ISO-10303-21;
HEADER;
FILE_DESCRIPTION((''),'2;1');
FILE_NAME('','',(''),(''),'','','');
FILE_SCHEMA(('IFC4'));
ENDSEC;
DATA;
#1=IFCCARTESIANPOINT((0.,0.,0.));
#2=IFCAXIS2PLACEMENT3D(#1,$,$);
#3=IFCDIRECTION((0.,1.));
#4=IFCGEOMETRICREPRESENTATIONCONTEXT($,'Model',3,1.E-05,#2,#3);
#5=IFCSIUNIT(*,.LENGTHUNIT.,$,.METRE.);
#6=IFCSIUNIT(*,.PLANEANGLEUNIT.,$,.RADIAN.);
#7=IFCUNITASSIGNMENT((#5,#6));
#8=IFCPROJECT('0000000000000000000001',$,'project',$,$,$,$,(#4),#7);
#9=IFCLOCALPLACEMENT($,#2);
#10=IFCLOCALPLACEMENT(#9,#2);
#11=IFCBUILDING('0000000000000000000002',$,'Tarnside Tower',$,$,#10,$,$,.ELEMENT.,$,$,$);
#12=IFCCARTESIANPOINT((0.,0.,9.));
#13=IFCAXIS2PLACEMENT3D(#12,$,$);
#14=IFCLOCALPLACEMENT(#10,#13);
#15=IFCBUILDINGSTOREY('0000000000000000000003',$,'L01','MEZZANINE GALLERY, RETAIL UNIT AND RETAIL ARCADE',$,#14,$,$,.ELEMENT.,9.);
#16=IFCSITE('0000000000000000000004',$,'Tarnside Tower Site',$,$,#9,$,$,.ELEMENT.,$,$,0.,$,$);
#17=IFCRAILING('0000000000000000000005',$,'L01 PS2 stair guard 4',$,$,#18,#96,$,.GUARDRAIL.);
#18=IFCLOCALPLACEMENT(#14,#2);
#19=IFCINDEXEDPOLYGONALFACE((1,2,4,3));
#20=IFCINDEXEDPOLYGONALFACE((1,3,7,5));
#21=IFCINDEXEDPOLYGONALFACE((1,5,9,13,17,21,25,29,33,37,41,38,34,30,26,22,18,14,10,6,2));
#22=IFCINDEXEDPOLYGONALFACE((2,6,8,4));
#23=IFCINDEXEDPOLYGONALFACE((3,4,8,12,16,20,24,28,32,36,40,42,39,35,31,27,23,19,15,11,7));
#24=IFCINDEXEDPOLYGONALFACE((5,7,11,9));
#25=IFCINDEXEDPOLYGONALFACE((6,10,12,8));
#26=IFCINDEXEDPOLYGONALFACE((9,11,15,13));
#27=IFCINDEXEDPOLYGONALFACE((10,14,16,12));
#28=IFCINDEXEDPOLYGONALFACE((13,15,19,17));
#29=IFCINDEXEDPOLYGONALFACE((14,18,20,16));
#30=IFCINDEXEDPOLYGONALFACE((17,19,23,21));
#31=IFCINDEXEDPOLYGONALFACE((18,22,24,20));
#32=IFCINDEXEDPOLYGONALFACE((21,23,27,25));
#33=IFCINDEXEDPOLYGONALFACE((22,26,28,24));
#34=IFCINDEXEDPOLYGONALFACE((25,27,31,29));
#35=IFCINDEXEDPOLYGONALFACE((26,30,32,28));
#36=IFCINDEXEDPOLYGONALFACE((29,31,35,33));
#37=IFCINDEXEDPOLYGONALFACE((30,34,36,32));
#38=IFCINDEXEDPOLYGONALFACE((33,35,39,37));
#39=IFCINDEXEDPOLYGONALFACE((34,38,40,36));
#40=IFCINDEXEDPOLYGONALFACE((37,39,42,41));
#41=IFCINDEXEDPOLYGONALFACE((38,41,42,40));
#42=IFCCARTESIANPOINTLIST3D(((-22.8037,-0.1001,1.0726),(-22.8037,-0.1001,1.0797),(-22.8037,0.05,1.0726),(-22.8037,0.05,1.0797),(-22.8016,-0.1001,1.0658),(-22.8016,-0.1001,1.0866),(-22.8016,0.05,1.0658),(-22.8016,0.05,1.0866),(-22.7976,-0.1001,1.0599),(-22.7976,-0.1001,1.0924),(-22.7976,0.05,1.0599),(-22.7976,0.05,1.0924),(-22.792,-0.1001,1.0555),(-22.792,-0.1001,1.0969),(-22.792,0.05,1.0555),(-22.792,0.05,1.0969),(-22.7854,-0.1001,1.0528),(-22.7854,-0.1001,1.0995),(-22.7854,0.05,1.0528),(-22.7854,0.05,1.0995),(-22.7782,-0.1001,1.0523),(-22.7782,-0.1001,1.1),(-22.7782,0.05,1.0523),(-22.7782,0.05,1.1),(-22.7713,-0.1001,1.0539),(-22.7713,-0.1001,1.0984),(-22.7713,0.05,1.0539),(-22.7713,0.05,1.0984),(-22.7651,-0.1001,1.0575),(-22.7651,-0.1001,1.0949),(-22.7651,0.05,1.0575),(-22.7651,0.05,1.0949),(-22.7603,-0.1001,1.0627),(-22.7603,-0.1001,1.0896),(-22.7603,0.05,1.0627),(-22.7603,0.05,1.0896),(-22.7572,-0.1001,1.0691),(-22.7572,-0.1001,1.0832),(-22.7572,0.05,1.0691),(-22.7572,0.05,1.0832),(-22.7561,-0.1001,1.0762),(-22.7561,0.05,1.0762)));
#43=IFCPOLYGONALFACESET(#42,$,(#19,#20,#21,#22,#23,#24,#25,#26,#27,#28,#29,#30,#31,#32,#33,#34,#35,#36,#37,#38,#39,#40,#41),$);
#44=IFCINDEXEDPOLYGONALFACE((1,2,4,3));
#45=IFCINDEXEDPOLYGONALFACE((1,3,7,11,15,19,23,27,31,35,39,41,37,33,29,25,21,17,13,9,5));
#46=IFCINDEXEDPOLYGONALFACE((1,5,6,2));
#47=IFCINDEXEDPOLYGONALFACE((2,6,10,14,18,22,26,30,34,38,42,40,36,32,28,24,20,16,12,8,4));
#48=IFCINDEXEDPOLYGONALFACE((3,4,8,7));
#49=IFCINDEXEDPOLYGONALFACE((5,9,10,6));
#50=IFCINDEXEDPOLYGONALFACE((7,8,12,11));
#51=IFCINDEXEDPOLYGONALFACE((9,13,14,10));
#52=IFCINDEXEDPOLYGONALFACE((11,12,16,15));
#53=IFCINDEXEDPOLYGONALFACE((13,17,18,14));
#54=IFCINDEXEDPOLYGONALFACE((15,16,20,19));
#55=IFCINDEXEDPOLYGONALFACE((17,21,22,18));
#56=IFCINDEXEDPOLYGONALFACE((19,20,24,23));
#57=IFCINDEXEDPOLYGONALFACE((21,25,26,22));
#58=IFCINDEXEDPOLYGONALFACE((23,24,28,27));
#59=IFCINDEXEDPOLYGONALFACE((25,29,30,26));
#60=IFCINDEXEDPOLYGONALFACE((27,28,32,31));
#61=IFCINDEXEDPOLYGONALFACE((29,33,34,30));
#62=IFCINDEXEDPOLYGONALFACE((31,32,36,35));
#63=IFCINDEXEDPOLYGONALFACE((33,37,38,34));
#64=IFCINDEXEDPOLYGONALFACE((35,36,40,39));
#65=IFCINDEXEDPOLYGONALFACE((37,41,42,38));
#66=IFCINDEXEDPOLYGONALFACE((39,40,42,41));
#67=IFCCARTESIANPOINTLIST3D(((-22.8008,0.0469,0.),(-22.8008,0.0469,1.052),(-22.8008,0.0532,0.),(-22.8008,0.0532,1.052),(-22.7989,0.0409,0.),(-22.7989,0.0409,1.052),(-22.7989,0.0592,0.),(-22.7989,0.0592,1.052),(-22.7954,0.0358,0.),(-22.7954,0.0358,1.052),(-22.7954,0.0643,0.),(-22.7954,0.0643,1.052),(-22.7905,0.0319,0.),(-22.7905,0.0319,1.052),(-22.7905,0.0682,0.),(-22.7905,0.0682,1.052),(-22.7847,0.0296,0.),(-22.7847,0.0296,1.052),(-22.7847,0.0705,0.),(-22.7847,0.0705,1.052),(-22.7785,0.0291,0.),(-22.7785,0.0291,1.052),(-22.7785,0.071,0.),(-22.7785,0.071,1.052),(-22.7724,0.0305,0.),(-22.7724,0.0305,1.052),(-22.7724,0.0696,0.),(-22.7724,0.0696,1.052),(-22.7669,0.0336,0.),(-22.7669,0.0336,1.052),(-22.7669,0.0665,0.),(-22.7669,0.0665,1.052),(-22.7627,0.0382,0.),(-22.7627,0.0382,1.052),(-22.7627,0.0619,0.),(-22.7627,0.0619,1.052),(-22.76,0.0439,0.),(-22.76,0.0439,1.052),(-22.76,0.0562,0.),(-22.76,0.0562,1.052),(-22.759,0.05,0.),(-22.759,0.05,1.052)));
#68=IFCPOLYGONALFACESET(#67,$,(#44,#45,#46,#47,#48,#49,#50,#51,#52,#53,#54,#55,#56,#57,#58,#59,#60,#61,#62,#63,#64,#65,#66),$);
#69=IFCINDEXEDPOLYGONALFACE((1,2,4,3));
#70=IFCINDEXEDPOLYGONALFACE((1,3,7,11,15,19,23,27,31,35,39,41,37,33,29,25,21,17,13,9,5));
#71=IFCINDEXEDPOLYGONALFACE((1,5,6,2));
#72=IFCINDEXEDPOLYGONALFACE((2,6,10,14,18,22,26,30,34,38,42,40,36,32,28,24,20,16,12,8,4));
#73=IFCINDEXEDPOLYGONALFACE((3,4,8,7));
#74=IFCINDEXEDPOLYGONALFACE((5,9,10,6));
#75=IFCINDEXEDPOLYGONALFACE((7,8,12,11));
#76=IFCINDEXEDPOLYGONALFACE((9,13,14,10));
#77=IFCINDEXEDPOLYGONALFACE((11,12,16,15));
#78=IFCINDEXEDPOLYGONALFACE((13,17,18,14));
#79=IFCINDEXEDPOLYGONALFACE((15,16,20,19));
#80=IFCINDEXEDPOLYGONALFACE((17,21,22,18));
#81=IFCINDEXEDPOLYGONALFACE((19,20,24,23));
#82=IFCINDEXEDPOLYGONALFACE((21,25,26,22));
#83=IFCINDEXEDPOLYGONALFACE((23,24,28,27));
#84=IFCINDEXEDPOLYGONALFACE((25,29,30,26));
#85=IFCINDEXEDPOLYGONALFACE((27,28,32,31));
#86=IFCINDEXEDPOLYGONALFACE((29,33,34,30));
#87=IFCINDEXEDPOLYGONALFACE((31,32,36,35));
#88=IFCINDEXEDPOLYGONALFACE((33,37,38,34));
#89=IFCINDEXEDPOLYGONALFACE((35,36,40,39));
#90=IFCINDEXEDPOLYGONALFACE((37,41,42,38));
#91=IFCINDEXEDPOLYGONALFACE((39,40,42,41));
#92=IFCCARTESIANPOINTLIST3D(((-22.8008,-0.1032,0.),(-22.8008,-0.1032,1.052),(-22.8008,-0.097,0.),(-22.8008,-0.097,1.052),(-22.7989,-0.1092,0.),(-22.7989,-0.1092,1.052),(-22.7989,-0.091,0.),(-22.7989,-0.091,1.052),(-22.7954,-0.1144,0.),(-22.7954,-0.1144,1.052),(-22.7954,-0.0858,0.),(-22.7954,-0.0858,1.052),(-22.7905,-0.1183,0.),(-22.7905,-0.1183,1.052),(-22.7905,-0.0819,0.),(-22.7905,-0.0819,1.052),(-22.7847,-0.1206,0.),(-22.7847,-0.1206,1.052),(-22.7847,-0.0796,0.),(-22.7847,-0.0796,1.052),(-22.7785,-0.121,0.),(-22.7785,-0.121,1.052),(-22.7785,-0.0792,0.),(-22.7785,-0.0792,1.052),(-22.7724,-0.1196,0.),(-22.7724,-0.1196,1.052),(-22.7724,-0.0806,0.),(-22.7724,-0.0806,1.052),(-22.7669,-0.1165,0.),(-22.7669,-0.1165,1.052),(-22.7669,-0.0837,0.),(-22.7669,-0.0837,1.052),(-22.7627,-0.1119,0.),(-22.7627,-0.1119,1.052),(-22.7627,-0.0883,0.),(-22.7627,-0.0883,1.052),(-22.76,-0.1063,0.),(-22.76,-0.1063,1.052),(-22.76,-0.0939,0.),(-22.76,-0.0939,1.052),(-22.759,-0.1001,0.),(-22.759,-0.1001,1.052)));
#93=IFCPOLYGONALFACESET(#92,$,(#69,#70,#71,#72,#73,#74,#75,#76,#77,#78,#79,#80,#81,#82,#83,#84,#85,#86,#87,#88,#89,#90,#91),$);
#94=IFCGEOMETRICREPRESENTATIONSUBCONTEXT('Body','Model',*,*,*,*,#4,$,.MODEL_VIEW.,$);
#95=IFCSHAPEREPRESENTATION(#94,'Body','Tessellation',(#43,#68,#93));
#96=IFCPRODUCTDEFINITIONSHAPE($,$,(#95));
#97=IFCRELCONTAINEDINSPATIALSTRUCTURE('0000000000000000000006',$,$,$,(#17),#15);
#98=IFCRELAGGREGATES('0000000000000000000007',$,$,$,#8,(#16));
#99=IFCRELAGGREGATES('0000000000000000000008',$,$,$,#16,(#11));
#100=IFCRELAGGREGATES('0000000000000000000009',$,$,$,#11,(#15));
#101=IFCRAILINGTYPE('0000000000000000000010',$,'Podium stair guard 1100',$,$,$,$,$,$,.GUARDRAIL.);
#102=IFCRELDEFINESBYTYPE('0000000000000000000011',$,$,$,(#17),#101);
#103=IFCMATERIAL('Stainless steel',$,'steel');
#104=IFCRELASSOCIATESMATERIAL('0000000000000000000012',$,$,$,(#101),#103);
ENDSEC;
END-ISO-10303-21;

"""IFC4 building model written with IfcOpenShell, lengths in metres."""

from ifc_helpers import new_model, si_unit, direction, frame, origin, origin_2d, place, context, subcontext, project, spatial, circle, extrude, material, type_object, element, save


model = new_model("IFC4")

# Units and contexts
model_context = context("Model", 3, precision=1e-05, world=origin(), true_north=direction((0.0, 1.0)))
body_context = subcontext(model_context, "Body", "Model", "MODEL_VIEW")
ifc_project = project(units=[si_unit("LENGTHUNIT", "METRE"), si_unit("PLANEANGLEUNIT", "RADIAN")], contexts=[model_context])

# Site, building, storey
site_placement = place(None, origin())
site = spatial("IfcSite", under=ifc_project, at=site_placement, Name="Tarnside Tower Site", CompositionType="ELEMENT", RefElevation=0.0)
building_placement = place(site_placement, origin())
building = spatial("IfcBuilding", under=site, at=building_placement, Name="Tarnside Tower", CompositionType="ELEMENT")
storey_placement = place(building_placement, frame((0.0, 0.0, 9.0)))
storey = spatial("IfcBuildingStorey", under=building, at=storey_placement, Name="L01", Description="MEZZANINE GALLERY, RETAIL UNIT AND RETAIL ARCADE", CompositionType="ELEMENT", Elevation=9.0)

# Railing
ifc_material_1 = material(Name="Stainless steel", Category="steel")
railing_type_1 = type_object("IfcRailingType", Name="Podium stair guard 1100", PredefinedType="GUARDRAIL", material=ifc_material_1)
railing_1_placement = place(storey_placement, frame((-22.78, 0.05, 0.0)))
element("IfcRailing", 1, at=railing_1_placement, inside=storey, type_object=railing_type_1, Name="L01 PS2 stair guard 4", PredefinedType="GUARDRAIL", context=body_context, shape_type="SweptSolid", body=[
    extrude(circle(Radius=0.0239, at=origin_2d()), frame((0.0, 0.0, 1.0762), z_axis=(0.0, -1.0, 0.0), x_axis=(1.0, 0.0, 0.0)), (0.0, 0.0, 1.0), 0.1501),
    extrude(circle(Radius=0.021, at=origin_2d()), origin(), (0.0, 0.0, 1.0), 1.052),
    extrude(circle(Radius=0.021, at=origin_2d()), frame((0.0, -0.1501, 0.0)), (0.0, 0.0, 1.0), 1.052),
])

save(model, "model.ifc")
